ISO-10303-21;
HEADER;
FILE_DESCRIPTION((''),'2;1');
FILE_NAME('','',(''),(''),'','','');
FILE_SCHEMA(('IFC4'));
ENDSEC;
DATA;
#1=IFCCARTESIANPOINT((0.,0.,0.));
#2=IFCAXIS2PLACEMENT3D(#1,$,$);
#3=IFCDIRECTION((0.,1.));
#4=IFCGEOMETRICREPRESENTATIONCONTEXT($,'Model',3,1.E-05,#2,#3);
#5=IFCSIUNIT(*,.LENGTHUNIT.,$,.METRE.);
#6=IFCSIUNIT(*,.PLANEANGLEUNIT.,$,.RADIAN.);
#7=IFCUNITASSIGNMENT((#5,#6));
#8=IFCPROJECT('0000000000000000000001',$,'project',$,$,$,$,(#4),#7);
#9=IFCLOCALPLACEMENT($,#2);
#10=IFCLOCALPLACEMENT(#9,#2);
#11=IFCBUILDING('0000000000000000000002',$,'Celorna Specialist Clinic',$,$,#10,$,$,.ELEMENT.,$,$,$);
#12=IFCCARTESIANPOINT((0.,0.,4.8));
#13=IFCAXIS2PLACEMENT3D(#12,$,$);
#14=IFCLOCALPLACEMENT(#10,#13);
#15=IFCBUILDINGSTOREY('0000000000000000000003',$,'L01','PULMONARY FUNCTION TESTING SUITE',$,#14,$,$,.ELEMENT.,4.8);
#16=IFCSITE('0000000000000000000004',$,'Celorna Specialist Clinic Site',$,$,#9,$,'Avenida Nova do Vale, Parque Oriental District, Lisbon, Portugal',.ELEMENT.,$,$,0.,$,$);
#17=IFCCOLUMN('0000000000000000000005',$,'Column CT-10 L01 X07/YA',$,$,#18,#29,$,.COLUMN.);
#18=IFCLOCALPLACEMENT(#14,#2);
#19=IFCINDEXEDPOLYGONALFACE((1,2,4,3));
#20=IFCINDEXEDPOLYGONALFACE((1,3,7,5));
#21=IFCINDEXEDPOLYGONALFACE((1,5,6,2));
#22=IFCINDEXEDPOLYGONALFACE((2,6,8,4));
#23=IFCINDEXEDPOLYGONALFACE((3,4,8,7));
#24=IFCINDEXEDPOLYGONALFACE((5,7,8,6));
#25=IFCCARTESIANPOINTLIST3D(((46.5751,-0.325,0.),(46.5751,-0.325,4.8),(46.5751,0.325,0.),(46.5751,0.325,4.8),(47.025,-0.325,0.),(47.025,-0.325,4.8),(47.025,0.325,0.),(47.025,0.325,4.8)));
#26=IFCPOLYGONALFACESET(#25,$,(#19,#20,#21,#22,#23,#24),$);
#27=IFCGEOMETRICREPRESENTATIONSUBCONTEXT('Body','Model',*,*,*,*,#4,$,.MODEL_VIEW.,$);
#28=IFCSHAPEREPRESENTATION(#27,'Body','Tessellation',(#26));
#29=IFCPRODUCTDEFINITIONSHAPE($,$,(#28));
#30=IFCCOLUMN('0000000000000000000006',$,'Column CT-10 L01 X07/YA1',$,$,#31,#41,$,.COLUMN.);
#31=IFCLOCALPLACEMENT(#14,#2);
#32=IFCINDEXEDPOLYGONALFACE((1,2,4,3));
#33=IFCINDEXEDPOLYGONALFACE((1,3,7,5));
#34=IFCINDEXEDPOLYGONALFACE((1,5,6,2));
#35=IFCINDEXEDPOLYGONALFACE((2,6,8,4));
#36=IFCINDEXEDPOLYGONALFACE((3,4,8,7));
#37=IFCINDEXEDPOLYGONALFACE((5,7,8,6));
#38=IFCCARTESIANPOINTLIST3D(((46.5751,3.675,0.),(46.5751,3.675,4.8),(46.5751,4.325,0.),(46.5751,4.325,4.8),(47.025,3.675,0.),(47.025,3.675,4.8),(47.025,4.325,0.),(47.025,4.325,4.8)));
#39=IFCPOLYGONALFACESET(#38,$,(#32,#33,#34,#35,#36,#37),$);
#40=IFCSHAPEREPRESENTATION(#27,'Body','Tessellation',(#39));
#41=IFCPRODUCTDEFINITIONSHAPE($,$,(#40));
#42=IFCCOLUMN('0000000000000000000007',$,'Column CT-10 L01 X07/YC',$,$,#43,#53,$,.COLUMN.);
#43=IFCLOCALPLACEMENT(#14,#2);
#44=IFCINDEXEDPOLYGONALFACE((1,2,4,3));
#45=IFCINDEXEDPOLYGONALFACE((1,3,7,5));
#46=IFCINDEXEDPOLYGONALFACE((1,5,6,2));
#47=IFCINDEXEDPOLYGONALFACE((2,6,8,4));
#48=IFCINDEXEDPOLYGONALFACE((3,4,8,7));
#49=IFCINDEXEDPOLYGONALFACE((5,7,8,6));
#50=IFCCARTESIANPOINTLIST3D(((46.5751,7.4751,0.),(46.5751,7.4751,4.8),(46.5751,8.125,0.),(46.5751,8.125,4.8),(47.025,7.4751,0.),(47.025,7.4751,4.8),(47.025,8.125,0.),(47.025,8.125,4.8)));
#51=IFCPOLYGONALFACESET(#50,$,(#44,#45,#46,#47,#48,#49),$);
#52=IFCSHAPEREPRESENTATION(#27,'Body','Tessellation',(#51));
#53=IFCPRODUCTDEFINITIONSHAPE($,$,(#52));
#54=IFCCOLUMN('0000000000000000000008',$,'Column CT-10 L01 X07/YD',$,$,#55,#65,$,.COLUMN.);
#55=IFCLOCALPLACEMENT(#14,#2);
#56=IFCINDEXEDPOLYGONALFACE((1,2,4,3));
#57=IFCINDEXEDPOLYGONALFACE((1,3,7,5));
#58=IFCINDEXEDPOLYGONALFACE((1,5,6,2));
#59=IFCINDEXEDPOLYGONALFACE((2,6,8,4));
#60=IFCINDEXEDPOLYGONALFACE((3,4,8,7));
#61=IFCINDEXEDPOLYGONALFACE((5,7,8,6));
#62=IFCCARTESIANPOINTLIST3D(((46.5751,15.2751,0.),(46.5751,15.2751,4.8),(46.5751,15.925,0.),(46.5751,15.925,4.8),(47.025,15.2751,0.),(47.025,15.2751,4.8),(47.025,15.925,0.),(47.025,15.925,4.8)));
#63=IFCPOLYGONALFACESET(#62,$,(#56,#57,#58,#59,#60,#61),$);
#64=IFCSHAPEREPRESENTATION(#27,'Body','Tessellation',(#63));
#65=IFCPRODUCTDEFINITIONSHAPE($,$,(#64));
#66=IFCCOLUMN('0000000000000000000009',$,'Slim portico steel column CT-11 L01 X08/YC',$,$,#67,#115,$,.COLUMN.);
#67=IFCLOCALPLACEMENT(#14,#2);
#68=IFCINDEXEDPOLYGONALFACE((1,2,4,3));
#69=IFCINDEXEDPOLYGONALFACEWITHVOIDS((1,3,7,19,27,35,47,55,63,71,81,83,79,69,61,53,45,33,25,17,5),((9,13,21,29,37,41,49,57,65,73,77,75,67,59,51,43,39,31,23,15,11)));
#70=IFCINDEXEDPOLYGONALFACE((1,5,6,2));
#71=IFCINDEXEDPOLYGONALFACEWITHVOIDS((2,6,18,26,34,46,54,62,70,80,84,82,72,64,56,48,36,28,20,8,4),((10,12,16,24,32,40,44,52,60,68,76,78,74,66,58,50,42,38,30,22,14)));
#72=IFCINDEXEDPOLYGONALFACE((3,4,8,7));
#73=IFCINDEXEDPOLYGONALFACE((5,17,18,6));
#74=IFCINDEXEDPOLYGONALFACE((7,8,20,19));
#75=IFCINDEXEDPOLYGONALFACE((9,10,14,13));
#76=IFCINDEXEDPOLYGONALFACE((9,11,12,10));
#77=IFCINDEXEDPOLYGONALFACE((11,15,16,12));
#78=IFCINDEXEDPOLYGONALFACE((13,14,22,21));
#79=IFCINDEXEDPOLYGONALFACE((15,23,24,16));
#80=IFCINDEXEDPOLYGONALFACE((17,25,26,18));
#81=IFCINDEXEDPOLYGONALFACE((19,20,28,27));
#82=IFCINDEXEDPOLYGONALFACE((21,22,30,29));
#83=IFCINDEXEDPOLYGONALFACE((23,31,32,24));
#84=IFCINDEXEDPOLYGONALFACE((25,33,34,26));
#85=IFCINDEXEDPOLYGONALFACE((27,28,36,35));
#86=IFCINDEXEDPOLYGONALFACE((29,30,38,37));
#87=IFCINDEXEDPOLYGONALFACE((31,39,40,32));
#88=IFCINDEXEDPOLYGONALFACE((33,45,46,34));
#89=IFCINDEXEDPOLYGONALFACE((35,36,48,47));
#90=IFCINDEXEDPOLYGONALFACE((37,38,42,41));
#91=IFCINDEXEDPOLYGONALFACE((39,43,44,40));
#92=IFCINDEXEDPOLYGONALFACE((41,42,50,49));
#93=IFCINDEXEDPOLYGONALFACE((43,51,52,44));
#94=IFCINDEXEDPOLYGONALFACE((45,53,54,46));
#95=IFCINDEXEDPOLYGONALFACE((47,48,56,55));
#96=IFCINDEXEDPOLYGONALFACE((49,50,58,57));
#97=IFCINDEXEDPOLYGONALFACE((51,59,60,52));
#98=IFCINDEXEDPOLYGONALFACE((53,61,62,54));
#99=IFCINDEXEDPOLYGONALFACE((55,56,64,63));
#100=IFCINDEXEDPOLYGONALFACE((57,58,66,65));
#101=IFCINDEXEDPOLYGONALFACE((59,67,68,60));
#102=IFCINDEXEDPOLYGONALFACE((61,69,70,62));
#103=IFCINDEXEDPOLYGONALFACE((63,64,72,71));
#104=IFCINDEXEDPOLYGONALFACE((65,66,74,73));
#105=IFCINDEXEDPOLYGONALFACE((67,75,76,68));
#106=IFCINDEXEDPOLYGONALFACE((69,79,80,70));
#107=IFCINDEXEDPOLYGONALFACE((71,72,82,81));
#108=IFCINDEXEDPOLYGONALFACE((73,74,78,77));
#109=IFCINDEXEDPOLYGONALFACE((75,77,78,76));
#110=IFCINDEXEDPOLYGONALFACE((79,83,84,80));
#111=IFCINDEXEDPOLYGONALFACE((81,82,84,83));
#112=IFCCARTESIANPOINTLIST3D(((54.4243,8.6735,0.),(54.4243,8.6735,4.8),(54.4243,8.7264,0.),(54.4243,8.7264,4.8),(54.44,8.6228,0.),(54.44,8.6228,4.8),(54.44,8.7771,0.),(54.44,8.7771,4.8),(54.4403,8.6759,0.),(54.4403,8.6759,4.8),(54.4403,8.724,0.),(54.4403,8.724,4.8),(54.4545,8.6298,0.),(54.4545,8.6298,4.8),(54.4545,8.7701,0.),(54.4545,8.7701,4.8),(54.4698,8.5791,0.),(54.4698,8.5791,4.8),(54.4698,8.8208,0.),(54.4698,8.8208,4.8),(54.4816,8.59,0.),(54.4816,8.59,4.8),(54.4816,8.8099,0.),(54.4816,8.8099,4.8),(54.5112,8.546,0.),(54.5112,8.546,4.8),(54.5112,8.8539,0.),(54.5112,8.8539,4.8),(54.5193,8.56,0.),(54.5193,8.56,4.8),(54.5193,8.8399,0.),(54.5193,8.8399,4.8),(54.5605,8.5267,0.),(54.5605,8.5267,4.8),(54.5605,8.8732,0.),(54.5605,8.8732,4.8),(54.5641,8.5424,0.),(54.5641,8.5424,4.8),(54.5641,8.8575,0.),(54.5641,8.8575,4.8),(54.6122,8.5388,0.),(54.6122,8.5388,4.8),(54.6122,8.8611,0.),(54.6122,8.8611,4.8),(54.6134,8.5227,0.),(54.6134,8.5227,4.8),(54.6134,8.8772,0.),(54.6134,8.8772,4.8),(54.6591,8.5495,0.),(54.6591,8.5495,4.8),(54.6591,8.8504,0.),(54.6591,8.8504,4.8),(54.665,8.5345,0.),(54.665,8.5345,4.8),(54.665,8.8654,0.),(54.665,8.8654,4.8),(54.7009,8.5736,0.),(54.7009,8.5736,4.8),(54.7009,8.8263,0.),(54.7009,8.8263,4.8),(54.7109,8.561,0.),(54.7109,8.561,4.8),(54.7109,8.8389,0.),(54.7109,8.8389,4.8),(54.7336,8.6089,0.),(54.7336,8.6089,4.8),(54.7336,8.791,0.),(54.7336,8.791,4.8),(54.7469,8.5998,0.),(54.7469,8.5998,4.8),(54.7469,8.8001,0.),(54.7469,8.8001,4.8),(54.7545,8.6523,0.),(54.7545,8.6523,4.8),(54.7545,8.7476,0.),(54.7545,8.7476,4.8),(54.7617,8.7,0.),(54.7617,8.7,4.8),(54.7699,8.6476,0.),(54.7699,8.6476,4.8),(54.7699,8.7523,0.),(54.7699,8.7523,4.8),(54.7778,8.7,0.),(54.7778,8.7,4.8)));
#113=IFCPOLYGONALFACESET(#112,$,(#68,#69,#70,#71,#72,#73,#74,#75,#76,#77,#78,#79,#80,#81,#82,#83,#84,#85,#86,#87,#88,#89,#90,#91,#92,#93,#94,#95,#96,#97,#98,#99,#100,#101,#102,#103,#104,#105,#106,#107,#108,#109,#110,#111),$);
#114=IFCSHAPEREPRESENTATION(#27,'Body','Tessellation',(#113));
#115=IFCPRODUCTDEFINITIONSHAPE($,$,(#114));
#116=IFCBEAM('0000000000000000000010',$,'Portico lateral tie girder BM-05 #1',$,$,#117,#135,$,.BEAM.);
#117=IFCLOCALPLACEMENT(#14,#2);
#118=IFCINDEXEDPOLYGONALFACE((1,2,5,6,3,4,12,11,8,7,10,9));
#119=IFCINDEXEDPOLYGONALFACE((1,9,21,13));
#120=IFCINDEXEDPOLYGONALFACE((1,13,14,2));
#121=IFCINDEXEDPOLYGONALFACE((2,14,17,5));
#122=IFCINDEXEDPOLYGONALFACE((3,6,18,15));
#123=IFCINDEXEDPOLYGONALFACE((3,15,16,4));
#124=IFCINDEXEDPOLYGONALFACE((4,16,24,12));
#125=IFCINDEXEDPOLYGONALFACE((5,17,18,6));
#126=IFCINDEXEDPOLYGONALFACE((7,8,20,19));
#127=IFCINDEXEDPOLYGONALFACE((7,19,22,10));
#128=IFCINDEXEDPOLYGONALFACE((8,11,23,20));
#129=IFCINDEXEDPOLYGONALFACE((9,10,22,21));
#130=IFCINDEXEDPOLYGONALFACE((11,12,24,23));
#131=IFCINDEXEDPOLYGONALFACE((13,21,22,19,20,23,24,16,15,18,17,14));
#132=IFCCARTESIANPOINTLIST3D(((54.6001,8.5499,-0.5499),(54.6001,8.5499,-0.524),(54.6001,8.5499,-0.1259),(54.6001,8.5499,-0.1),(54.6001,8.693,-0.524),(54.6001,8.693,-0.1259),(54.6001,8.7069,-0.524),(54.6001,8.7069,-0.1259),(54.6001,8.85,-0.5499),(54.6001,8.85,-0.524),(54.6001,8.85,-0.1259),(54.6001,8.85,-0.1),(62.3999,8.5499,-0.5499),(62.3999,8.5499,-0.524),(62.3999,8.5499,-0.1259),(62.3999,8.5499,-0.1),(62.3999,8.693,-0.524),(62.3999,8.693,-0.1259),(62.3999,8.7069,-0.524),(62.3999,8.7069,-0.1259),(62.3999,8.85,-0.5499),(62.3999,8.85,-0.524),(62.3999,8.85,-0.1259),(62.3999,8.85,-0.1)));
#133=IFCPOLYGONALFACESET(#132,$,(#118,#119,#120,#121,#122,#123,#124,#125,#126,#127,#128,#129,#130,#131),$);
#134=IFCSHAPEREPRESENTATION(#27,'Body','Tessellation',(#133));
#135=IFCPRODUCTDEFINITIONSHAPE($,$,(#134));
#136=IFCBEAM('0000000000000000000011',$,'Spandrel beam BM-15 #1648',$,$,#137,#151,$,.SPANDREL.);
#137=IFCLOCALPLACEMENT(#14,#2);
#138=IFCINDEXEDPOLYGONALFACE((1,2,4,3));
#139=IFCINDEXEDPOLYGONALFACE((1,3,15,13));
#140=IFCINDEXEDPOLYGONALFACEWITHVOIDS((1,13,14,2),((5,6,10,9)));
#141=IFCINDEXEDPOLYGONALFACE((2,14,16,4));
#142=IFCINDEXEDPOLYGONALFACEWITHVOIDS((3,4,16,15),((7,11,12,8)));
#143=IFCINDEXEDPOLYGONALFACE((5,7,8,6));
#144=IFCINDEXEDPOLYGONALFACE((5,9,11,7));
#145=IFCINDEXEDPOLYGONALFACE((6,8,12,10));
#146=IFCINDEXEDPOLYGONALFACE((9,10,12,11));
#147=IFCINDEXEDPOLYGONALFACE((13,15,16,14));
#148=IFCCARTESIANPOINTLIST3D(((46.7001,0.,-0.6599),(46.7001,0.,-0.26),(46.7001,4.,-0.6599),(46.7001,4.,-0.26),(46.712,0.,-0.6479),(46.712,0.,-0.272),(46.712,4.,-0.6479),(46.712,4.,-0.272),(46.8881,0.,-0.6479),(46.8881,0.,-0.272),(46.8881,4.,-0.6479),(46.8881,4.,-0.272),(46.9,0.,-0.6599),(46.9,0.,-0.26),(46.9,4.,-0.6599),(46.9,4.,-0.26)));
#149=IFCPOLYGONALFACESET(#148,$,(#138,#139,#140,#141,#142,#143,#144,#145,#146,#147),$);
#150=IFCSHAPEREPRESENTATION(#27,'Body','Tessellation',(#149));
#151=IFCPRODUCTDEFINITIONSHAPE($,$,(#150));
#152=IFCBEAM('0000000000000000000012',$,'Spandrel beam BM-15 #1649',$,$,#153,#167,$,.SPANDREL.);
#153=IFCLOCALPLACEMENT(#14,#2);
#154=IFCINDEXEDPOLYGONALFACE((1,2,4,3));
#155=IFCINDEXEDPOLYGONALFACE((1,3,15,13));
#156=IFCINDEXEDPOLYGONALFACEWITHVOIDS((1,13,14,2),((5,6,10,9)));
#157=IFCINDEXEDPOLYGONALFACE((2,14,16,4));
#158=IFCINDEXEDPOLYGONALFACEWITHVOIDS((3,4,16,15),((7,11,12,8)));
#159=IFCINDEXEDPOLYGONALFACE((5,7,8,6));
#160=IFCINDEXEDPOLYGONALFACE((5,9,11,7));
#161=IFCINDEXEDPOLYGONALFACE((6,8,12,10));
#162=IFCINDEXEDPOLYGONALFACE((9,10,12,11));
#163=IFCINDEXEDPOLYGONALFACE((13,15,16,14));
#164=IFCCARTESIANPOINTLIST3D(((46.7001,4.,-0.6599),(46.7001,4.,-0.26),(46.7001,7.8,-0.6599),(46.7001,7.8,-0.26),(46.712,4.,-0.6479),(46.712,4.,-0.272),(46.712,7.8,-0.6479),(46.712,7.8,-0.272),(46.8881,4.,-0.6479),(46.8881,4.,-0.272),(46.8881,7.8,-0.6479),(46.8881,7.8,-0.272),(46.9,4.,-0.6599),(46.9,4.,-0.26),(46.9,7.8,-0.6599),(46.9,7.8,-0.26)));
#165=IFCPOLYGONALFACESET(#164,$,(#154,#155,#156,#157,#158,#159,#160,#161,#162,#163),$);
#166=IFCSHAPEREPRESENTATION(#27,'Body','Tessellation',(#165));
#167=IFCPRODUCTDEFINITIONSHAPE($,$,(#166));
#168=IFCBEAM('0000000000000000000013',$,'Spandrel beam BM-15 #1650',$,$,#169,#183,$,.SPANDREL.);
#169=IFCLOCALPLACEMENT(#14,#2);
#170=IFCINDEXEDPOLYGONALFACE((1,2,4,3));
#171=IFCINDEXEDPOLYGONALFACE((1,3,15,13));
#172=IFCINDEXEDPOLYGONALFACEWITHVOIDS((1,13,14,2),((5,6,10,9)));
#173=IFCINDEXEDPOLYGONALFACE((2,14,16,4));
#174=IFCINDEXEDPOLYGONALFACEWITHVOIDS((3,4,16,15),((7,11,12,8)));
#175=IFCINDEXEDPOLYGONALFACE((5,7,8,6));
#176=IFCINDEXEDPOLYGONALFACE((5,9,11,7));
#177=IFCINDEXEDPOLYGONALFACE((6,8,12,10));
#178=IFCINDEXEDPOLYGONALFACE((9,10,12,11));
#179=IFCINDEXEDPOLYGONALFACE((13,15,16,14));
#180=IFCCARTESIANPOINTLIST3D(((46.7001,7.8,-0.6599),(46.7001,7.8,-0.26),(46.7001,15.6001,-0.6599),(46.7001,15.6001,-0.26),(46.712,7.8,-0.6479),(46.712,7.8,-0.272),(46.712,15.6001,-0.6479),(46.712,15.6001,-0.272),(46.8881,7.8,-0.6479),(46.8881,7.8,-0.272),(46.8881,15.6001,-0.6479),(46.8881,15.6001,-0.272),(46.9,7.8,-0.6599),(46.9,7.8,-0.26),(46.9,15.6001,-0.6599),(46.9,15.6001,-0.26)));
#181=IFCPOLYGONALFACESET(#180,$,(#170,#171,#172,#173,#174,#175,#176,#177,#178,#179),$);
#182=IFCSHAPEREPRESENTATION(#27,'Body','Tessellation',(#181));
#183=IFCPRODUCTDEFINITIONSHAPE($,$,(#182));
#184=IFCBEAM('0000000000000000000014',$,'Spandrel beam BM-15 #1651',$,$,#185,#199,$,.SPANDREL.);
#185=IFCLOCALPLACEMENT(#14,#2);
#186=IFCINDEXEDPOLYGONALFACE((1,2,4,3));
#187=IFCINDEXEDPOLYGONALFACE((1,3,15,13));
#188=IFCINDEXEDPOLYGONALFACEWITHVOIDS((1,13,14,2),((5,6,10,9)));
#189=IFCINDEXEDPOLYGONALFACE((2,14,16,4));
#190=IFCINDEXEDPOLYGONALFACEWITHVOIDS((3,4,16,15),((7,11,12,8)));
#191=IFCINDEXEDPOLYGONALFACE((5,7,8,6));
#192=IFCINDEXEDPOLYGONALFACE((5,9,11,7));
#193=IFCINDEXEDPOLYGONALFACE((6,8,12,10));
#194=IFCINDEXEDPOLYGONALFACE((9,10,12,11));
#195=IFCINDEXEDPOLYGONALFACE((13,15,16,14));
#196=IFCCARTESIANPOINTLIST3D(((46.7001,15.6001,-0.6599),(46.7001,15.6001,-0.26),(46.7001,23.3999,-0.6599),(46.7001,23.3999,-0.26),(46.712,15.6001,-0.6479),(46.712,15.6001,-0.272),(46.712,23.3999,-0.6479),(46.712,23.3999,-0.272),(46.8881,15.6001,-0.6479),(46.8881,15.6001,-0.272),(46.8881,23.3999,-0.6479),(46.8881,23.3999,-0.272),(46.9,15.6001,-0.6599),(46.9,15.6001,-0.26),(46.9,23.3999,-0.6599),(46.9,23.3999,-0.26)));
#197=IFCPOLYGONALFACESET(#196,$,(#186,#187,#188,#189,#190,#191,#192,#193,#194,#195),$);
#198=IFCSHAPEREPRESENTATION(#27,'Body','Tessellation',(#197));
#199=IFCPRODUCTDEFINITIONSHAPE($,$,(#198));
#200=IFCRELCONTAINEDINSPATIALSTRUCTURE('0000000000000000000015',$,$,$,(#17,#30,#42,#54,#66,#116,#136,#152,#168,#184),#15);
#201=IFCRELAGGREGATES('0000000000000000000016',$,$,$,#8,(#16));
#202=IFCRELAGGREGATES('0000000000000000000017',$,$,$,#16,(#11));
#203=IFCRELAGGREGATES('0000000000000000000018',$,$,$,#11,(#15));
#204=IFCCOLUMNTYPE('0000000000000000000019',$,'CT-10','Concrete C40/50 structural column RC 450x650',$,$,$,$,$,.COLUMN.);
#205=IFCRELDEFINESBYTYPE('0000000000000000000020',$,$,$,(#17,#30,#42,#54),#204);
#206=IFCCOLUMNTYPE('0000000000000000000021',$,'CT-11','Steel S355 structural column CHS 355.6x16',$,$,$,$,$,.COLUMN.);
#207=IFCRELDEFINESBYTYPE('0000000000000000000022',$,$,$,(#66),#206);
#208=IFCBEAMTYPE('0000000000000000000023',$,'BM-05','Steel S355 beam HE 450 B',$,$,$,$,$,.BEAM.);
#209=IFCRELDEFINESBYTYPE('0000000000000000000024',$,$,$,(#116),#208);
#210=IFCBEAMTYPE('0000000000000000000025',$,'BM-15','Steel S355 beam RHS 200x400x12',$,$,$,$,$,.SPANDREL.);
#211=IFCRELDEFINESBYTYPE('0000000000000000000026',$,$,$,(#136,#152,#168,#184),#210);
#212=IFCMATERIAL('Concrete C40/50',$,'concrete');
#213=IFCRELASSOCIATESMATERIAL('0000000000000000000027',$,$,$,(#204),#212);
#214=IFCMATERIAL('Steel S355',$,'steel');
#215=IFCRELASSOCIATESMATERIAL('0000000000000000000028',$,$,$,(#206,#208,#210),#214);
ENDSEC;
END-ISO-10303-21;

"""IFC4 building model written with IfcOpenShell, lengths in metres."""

from ifc_helpers import new_model, si_unit, direction, frame, origin, origin_2d, place, context, subcontext, project, spatial, rectangle, hollow_rectangle, hollow_circle, i_section, extrude, material, material_profile, profile_set, type_object, element, save


model = new_model("IFC4")

# Units and contexts
model_context = context("Model", 3, precision=1e-05, world=origin(), true_north=direction((0.0, 1.0)))
body_context = subcontext(model_context, "Body", "Model", "MODEL_VIEW")
ifc_project = project(units=[si_unit("LENGTHUNIT", "METRE"), si_unit("PLANEANGLEUNIT", "RADIAN")], contexts=[model_context])

# Site, building, storey
site_placement = place(None, origin())
site = spatial("IfcSite", under=ifc_project, at=site_placement, Name="Celorna Specialist Clinic Site", LongName="Avenida Nova do Vale, Parque Oriental District, Lisbon, Portugal", CompositionType="ELEMENT", RefElevation=0.0)
building_placement = place(site_placement, origin())
building = spatial("IfcBuilding", under=site, at=building_placement, Name="Celorna Specialist Clinic", CompositionType="ELEMENT")
storey_placement = place(building_placement, frame((0.0, 0.0, 4.8)))
storey = spatial("IfcBuildingStorey", under=building, at=storey_placement, Name="L01", Description="PULMONARY FUNCTION TESTING SUITE", CompositionType="ELEMENT", Elevation=4.8)

# Columns
ifc_material_1 = material(Name="Concrete C40/50", Category="concrete")
ifc_material_profile_1 = material_profile(ifc_material_1, rectangle(XDim=0.45, YDim=0.6499, at=origin_2d()), Name="RC 450x650")
ifc_profile_set_1 = profile_set([ifc_material_profile_1], Name="Concrete C40/50")
column_type_1 = type_object("IfcColumnType", Name="CT-10", Description="Concrete C40/50 structural column RC 450x650", PredefinedType="COLUMN", material=ifc_profile_set_1)
for number, where, z_axis, x_axis, name in (
    (1, (46.8, 0.0, 0.0), (0.0, 0.0, 1.0), (1.0, 0.0, 0.0), "Column CT-10 L01 X07/YA"),
    (2, (46.8, 4.0, 0.0), (0.0, 0.0, 1.0), (1.0, 0.0, 0.0), "Column CT-10 L01 X07/YA1"),
    (3, (46.8, 7.8, 0.0), (0.0, 0.0, 1.0), (1.0, 0.0, 0.0), "Column CT-10 L01 X07/YC"),
    (4, (46.8, 15.6001, 0.0), (0.0, 0.0, 1.0), (1.0, 0.0, 0.0), "Column CT-10 L01 X07/YD"),
):
    element("IfcColumn", number, at=place(storey_placement, frame(where, z_axis=z_axis, x_axis=x_axis)), inside=storey, type_object=column_type_1, Name=name, PredefinedType="COLUMN", context=body_context, shape_type="SweptSolid", body=[
        extrude(rectangle(XDim=0.45, YDim=0.6499, at=origin_2d()), origin(), (0.0, 0.0, 1.0), 4.8),
    ])
ifc_material_2 = material(Name="Steel S355", Category="steel")
ifc_material_profile_2 = material_profile(ifc_material_2, hollow_circle(Radius=0.1777, WallThickness=0.0161, at=origin_2d()), Name="CHS 355.6x16")
ifc_profile_set_2 = profile_set([ifc_material_profile_2], Name="Steel S355")
column_type_2 = type_object("IfcColumnType", Name="CT-11", Description="Steel S355 structural column CHS 355.6x16", PredefinedType="COLUMN", material=ifc_profile_set_2)
column_placement = place(storey_placement, frame((54.6001, 8.7, 0.0), z_axis=(0.0, 0.0, 1.0), x_axis=(1.0, 0.0, 0.0)))
element("IfcColumn", 5, at=column_placement, inside=storey, type_object=column_type_2, Name="Slim portico steel column CT-11 L01 X08/YC", PredefinedType="COLUMN", context=body_context, shape_type="SweptSolid", body=[
    extrude(hollow_circle(Radius=0.1777, WallThickness=0.0161, at=origin_2d()), origin(), (0.0, 0.0, 1.0), 4.8),
])

# Beams
ifc_material_profile_3 = material_profile(ifc_material_2, i_section(OverallWidth=0.3, OverallDepth=0.45, WebThickness=0.0139, FlangeThickness=0.0259, at=origin_2d()), Name="HE 450 B")
ifc_profile_set_3 = profile_set([ifc_material_profile_3], Name="Steel S355")
beam_type_1 = type_object("IfcBeamType", Name="BM-05", Description="Steel S355 beam HE 450 B", PredefinedType="BEAM", material=ifc_profile_set_3)
beam_1_placement = place(storey_placement, frame((54.6001, 8.7, -0.325), z_axis=(1.0, 0.0, 0.0), x_axis=(0.0, 1.0, 0.0)))
element("IfcBeam", 6, at=beam_1_placement, inside=storey, type_object=beam_type_1, Name="Portico lateral tie girder BM-05 #1", PredefinedType="BEAM", context=body_context, shape_type="SweptSolid", body=[
    extrude(i_section(OverallWidth=0.3, OverallDepth=0.45, WebThickness=0.0139, FlangeThickness=0.0259, at=origin_2d()), origin(), (0.0, 0.0, 1.0), 7.7998),
])
ifc_material_profile_4 = material_profile(ifc_material_2, hollow_rectangle(XDim=0.2, YDim=0.3999, WallThickness=0.012, at=origin_2d()), Name="RHS 200x400x12")
ifc_profile_set_4 = profile_set([ifc_material_profile_4], Name="Steel S355")
beam_type_2 = type_object("IfcBeamType", Name="BM-15", Description="Steel S355 beam RHS 200x400x12", PredefinedType="SPANDREL", material=ifc_profile_set_4)
beam_2_placement = place(storey_placement, frame((46.8, 0.0, -0.46), z_axis=(0.0, 1.0, 0.0), x_axis=(-1.0, 0.0, 0.0)))
element("IfcBeam", 7, at=beam_2_placement, inside=storey, type_object=beam_type_2, Name="Spandrel beam BM-15 #1648", PredefinedType="SPANDREL", context=body_context, shape_type="SweptSolid", body=[
    extrude(hollow_rectangle(XDim=0.2, YDim=0.3999, WallThickness=0.012, at=origin_2d()), origin(), (0.0, 0.0, 1.0), 4.0),
])
beam_3_placement = place(storey_placement, frame((46.8, 4.0, -0.46), z_axis=(0.0, 1.0, 0.0), x_axis=(-1.0, 0.0, 0.0)))
element("IfcBeam", 8, at=beam_3_placement, inside=storey, type_object=beam_type_2, Name="Spandrel beam BM-15 #1649", PredefinedType="SPANDREL", context=body_context, shape_type="SweptSolid", body=[
    extrude(hollow_rectangle(XDim=0.2, YDim=0.3999, WallThickness=0.012, at=origin_2d()), origin(), (0.0, 0.0, 1.0), 3.8),
])
beam_4_placement = place(storey_placement, frame((46.8, 7.8, -0.46), z_axis=(0.0, 1.0, 0.0), x_axis=(-1.0, 0.0, 0.0)))
element("IfcBeam", 9, at=beam_4_placement, inside=storey, type_object=beam_type_2, Name="Spandrel beam BM-15 #1650", PredefinedType="SPANDREL", context=body_context, shape_type="SweptSolid", body=[
    extrude(hollow_rectangle(XDim=0.2, YDim=0.3999, WallThickness=0.012, at=origin_2d()), origin(), (0.0, 0.0, 1.0), 7.8),
])
beam_5_placement = place(storey_placement, frame((46.8, 15.6001, -0.46), z_axis=(0.0, 1.0, 0.0), x_axis=(-1.0, 0.0, 0.0)))
element("IfcBeam", 10, at=beam_5_placement, inside=storey, type_object=beam_type_2, Name="Spandrel beam BM-15 #1651", PredefinedType="SPANDREL", context=body_context, shape_type="SweptSolid", body=[
    extrude(hollow_rectangle(XDim=0.2, YDim=0.3999, WallThickness=0.012, at=origin_2d()), origin(), (0.0, 0.0, 1.0), 7.7998),
])

save(model, "model.ifc")
